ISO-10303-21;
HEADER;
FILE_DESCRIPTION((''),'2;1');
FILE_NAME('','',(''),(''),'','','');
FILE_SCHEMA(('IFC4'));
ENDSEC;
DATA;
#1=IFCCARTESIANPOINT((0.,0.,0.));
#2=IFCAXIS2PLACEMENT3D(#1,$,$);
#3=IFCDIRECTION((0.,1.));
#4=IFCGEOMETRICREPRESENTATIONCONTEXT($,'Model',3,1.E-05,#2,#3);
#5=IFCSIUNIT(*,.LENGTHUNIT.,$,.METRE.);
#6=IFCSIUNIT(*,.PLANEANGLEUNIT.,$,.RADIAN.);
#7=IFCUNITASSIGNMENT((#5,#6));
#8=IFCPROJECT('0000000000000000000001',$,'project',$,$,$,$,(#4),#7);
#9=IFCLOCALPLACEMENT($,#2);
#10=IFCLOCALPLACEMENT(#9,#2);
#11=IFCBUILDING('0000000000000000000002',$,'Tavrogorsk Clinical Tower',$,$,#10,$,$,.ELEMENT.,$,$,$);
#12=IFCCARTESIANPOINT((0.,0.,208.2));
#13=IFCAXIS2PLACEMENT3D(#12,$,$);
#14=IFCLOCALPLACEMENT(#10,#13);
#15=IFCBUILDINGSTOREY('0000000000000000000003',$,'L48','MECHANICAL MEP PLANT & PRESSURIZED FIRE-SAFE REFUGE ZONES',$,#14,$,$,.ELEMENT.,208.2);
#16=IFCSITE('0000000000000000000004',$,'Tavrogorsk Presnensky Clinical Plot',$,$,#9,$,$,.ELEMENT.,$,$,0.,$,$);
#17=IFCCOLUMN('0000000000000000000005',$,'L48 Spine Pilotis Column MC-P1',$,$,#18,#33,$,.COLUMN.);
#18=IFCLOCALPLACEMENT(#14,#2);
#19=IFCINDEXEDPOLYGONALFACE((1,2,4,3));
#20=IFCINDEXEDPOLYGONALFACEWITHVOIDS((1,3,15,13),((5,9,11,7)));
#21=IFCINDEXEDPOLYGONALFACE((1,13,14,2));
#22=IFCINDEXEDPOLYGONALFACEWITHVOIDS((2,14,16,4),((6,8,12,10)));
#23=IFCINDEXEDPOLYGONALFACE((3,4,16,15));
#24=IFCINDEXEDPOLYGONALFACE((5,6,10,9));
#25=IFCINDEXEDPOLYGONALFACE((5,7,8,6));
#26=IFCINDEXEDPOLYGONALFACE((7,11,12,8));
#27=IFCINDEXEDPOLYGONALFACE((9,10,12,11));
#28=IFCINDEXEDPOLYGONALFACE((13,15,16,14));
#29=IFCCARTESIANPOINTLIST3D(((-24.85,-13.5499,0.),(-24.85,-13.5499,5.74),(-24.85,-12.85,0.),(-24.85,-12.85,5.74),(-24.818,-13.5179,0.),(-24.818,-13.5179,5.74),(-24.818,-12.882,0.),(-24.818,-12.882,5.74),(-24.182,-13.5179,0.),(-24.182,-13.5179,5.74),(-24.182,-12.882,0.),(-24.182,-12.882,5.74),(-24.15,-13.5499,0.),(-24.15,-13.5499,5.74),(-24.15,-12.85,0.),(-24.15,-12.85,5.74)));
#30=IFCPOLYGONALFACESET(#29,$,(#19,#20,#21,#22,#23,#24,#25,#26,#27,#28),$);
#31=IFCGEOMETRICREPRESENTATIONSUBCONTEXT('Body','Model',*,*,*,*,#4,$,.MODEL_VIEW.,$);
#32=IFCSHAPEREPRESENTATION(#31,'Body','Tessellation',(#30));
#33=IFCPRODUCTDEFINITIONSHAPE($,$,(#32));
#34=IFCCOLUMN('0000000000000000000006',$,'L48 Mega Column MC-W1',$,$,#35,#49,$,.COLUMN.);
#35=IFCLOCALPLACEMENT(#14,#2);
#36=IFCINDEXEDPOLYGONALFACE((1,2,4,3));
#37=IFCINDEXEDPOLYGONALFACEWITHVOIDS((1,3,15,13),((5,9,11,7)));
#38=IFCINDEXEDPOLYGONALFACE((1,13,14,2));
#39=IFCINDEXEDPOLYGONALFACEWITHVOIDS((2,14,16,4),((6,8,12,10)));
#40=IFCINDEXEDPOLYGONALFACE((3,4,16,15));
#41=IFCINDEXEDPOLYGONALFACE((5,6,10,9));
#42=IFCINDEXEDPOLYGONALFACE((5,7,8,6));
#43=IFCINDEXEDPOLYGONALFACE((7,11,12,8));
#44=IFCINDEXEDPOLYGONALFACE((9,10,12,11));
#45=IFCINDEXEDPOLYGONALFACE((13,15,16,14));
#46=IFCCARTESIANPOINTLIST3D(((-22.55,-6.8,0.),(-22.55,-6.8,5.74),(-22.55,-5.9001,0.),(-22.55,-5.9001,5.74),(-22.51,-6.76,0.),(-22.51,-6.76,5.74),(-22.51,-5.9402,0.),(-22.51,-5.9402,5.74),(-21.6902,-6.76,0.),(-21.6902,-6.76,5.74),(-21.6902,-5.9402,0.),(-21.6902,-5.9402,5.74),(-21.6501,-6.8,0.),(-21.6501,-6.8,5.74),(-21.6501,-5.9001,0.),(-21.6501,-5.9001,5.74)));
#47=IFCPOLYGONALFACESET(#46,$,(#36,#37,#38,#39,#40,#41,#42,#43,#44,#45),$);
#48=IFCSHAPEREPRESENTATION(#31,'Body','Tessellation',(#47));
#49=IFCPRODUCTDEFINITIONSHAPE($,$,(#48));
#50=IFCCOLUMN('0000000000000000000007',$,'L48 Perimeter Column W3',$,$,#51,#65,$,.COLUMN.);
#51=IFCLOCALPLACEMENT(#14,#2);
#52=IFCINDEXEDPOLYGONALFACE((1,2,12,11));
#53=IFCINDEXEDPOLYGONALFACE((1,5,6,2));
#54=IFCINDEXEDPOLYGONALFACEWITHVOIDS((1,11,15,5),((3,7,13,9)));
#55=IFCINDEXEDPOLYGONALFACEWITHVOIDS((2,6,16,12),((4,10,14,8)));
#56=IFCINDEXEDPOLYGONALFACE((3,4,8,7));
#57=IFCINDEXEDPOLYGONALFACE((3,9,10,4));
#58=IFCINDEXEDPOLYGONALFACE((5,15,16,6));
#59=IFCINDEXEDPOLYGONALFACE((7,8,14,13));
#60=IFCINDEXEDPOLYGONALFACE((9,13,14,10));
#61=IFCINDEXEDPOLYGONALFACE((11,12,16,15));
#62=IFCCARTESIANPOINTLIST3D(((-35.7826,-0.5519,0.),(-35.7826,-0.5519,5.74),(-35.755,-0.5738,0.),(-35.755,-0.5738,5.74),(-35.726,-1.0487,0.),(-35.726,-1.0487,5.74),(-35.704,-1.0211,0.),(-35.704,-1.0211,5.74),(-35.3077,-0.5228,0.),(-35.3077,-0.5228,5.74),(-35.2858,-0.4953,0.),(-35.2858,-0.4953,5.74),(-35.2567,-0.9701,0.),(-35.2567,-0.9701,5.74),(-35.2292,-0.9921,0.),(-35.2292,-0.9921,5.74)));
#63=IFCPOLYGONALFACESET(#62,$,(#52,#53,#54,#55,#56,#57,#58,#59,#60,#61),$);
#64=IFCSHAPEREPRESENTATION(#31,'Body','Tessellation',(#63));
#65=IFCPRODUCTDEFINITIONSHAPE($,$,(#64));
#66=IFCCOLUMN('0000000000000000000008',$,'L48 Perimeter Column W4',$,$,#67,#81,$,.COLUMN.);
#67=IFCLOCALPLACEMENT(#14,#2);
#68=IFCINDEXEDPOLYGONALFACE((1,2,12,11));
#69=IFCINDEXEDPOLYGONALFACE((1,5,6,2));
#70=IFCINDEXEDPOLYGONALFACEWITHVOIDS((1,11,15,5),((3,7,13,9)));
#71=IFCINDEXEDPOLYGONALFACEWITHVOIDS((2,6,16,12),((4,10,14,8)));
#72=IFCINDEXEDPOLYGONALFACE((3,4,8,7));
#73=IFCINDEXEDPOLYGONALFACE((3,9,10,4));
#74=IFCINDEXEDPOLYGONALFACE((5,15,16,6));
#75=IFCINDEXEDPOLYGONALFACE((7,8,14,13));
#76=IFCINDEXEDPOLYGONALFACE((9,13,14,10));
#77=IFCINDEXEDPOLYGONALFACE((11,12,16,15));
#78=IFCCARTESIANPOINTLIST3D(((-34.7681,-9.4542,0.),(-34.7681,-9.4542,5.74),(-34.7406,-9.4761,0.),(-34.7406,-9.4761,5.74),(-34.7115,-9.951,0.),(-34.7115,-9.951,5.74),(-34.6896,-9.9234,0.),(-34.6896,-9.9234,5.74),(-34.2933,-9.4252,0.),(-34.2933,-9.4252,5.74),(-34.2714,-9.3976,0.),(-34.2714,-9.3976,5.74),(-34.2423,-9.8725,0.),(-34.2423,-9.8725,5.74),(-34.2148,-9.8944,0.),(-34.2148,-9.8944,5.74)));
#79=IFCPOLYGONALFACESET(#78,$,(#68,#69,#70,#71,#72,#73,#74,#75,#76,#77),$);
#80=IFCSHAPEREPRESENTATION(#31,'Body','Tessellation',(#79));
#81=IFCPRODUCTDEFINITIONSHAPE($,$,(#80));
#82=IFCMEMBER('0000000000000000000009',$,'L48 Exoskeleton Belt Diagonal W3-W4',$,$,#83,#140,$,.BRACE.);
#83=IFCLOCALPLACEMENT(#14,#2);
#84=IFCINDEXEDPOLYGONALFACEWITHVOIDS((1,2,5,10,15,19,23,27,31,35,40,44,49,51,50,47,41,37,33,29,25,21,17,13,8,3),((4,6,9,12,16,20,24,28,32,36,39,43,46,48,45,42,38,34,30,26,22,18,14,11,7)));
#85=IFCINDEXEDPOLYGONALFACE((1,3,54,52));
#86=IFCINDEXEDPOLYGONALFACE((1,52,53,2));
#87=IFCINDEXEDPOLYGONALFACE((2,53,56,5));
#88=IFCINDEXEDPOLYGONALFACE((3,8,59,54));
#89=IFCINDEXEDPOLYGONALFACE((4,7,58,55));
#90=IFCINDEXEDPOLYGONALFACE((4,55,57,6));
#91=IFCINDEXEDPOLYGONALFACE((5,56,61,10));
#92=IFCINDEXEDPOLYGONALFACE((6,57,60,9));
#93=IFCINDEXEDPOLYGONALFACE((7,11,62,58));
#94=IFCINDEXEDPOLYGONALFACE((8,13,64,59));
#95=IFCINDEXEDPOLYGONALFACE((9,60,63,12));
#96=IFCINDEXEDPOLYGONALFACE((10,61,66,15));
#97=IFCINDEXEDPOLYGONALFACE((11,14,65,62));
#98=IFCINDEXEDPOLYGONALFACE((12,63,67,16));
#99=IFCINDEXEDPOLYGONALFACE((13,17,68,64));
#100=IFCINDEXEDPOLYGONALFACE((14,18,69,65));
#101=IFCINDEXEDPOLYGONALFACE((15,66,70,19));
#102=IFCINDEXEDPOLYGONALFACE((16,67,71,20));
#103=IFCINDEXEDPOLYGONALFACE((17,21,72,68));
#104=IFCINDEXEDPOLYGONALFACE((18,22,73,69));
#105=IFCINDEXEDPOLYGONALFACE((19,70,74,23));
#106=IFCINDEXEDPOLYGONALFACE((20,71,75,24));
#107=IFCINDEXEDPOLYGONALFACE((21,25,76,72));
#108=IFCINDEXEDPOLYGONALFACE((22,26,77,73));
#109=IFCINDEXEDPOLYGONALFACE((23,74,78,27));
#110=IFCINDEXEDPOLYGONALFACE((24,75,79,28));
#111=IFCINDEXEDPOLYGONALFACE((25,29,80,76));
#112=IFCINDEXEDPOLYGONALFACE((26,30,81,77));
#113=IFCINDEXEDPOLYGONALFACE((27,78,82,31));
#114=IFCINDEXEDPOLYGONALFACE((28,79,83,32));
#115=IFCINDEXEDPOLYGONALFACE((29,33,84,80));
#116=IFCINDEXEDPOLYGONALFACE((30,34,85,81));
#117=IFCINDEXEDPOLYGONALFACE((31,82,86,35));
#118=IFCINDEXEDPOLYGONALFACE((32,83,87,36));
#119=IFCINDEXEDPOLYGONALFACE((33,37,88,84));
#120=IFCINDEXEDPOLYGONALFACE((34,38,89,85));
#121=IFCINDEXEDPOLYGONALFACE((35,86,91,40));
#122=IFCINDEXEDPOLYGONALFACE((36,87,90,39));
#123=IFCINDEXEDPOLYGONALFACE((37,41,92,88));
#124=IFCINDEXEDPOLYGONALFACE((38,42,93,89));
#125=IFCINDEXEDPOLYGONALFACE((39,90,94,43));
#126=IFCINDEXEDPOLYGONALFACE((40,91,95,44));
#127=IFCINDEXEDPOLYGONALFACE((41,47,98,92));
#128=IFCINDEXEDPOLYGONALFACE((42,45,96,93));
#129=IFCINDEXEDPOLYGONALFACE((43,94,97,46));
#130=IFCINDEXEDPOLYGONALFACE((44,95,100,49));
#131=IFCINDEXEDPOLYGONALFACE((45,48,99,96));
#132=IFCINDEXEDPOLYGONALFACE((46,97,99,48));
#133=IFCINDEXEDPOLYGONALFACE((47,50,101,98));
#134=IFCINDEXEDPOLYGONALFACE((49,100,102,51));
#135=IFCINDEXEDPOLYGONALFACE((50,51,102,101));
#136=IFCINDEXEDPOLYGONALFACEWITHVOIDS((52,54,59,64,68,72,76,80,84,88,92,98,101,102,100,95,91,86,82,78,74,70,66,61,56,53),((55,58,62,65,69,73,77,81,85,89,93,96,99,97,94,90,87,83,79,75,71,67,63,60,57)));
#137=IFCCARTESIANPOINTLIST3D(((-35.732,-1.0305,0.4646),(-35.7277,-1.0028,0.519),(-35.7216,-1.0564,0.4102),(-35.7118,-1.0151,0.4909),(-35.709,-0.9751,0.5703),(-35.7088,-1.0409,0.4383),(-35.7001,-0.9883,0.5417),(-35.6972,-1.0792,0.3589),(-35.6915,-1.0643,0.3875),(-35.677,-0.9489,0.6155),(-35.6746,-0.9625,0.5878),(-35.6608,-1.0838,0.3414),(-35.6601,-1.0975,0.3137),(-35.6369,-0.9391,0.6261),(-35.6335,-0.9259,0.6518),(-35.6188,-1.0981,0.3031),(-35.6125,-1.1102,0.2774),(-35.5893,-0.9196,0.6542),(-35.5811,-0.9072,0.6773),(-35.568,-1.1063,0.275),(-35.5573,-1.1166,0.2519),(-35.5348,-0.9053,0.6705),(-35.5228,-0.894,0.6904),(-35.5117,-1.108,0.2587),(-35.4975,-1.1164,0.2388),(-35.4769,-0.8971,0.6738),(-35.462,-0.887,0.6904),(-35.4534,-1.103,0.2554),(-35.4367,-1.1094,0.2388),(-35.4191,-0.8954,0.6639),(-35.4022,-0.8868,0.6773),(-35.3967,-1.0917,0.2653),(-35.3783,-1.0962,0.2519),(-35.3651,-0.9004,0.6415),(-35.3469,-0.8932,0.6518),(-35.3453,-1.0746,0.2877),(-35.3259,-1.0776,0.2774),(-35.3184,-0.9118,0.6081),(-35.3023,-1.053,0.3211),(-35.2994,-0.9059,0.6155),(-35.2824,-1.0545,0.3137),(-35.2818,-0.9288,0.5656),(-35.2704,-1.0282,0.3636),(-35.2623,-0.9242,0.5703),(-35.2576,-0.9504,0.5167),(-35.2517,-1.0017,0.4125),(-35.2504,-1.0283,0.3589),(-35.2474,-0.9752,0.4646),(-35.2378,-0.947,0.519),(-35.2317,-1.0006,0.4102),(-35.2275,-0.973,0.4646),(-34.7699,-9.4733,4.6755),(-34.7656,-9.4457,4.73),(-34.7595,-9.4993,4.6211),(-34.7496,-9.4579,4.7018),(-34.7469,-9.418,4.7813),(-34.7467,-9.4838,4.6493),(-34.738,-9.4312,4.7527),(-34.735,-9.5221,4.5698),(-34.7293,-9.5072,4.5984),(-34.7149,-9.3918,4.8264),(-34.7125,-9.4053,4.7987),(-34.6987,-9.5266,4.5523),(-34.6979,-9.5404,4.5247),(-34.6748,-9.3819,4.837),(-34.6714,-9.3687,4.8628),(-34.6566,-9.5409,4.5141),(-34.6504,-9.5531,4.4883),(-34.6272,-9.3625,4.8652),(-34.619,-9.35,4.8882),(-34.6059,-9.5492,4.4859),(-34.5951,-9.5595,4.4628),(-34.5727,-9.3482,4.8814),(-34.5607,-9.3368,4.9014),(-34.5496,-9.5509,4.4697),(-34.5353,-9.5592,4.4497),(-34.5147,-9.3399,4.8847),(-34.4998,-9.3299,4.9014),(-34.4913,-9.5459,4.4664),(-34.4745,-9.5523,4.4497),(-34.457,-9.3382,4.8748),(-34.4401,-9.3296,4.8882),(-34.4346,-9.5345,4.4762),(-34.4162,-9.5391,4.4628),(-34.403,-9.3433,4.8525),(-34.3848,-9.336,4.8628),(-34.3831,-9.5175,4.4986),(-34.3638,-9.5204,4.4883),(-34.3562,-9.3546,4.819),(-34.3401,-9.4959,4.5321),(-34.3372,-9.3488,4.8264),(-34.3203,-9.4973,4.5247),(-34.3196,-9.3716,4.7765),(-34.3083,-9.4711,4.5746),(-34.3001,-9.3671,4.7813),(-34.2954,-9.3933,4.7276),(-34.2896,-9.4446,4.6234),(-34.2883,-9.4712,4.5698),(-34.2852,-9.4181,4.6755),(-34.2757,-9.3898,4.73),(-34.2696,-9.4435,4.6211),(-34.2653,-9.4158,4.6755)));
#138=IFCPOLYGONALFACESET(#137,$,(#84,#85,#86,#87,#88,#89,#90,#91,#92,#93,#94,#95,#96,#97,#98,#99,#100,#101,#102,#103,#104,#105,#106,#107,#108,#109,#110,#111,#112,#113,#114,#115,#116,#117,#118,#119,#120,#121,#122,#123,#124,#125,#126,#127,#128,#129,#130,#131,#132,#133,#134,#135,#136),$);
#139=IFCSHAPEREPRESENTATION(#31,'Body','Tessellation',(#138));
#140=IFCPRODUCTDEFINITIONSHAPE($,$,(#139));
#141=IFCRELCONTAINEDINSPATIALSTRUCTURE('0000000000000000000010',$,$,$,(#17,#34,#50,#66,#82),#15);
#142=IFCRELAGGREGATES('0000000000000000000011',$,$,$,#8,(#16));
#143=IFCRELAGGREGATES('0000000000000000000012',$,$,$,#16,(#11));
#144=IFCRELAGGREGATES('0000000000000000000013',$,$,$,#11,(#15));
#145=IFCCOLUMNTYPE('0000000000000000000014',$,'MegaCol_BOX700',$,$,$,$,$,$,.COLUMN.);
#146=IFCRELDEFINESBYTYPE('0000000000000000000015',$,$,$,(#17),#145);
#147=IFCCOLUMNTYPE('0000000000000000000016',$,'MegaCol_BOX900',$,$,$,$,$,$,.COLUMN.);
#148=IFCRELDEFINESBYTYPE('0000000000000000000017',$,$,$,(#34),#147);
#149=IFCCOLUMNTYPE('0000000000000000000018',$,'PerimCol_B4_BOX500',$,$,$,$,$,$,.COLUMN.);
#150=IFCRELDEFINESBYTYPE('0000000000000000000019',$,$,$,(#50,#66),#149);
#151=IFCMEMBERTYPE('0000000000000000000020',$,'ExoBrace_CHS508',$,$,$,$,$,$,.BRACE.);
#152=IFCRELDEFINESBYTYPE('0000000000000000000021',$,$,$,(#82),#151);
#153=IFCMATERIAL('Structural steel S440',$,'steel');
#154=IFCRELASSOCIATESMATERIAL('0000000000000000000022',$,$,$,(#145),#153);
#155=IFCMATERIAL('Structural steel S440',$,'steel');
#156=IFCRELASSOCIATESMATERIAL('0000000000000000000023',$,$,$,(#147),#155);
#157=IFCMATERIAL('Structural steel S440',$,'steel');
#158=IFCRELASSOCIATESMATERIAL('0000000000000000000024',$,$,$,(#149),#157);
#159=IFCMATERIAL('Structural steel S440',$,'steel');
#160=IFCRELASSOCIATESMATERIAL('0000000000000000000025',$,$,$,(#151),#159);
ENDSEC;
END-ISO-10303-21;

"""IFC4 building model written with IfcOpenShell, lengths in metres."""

from ifc_helpers import new_model, si_unit, direction, frame, origin, origin_2d, place, context, subcontext, project, spatial, hollow_rectangle, hollow_circle, extrude, material, material_profile, profile_set, type_object, element, save


model = new_model("IFC4")

# Units and contexts
model_context = context("Model", 3, precision=1e-05, world=origin(), true_north=direction((0.0, 1.0)))
body_context = subcontext(model_context, "Body", "Model", "MODEL_VIEW")
ifc_project = project(units=[si_unit("LENGTHUNIT", "METRE"), si_unit("PLANEANGLEUNIT", "RADIAN")], contexts=[model_context])

# Site, building, storey
site_placement = place(None, origin())
site = spatial("IfcSite", under=ifc_project, at=site_placement, Name="Tavrogorsk Presnensky Clinical Plot", CompositionType="ELEMENT", RefElevation=0.0)
building_placement = place(site_placement, origin())
building = spatial("IfcBuilding", under=site, at=building_placement, Name="Tavrogorsk Clinical Tower", CompositionType="ELEMENT")
storey_placement = place(building_placement, frame((0.0, 0.0, 208.2)))
storey = spatial("IfcBuildingStorey", under=building, at=storey_placement, Name="L48", Description="MECHANICAL MEP PLANT & PRESSURIZED FIRE-SAFE REFUGE ZONES", CompositionType="ELEMENT", Elevation=208.2)

# Columns
ifc_material_1 = material(Name="Structural steel S440", Category="steel")
ifc_material_profile_1 = material_profile(ifc_material_1, hollow_rectangle(XDim=0.7, YDim=0.7, WallThickness=0.032, at=origin_2d()), Name="BOX-700x700x32")
ifc_profile_set_1 = profile_set([ifc_material_profile_1], Name="Structural steel S440")
column_type_1 = type_object("IfcColumnType", Name="MegaCol_BOX700", PredefinedType="COLUMN", material=ifc_profile_set_1)
column_1_placement = place(storey_placement, frame((-24.5, -13.2, 0.0), z_axis=(0.0, 0.0, 1.0), x_axis=(1.0, 0.0, 0.0)))
element("IfcColumn", 1, at=column_1_placement, inside=storey, type_object=column_type_1, Name="L48 Spine Pilotis Column MC-P1", PredefinedType="COLUMN", context=body_context, shape_type="SweptSolid", body=[
    extrude(hollow_rectangle(XDim=0.7, YDim=0.7, WallThickness=0.032, at=origin_2d()), origin(), (0.0, 0.0, 1.0), 5.74),
])
ifc_material_2 = material(Name="Structural steel S440", Category="steel")
ifc_material_profile_2 = material_profile(ifc_material_2, hollow_rectangle(XDim=0.8999, YDim=0.8999, WallThickness=0.04, at=origin_2d()), Name="BOX-900x900x40")
ifc_profile_set_2 = profile_set([ifc_material_profile_2], Name="Structural steel S440")
column_type_2 = type_object("IfcColumnType", Name="MegaCol_BOX900", PredefinedType="COLUMN", material=ifc_profile_set_2)
column_2_placement = place(storey_placement, frame((-22.1001, -6.3501, 0.0), z_axis=(0.0, 0.0, 1.0), x_axis=(1.0, 0.0, 0.0)))
element("IfcColumn", 2, at=column_2_placement, inside=storey, type_object=column_type_2, Name="L48 Mega Column MC-W1", PredefinedType="COLUMN", context=body_context, shape_type="SweptSolid", body=[
    extrude(hollow_rectangle(XDim=0.8999, YDim=0.8999, WallThickness=0.04, at=origin_2d()), origin(), (0.0, 0.0, 1.0), 5.74),
])
ifc_material_3 = material(Name="Structural steel S440", Category="steel")
ifc_material_profile_3 = material_profile(ifc_material_3, hollow_rectangle(XDim=0.5, YDim=0.5, WallThickness=0.0249, at=origin_2d()), Name="BOX-500x500x25")
ifc_profile_set_3 = profile_set([ifc_material_profile_3], Name="Structural steel S440")
column_type_3 = type_object("IfcColumnType", Name="PerimCol_B4_BOX500", PredefinedType="COLUMN", material=ifc_profile_set_3)
for number, where, z_axis, x_axis, name in (
    (3, (-35.5059, -0.772, 0.0), (0.0, 0.0, 1.0), (0.993572, 0.113203, 0.0), "L48 Perimeter Column W3"),
    (4, (-34.4915, -9.6743, 0.0), (0.0, 0.0, 1.0), (0.993572, 0.113203, 0.0), "L48 Perimeter Column W4"),
):
    element("IfcColumn", number, at=place(storey_placement, frame(where, z_axis=z_axis, x_axis=x_axis)), inside=storey, type_object=column_type_3, Name=name, PredefinedType="COLUMN", context=body_context, shape_type="SweptSolid", body=[
        extrude(hollow_rectangle(XDim=0.5, YDim=0.5, WallThickness=0.0249, at=origin_2d()), origin(), (0.0, 0.0, 1.0), 5.74),
    ])

# Member
ifc_material_4 = material(Name="Structural steel S440", Category="steel")
ifc_material_profile_4 = material_profile(ifc_material_4, hollow_circle(Radius=0.2539, WallThickness=0.02, at=origin_2d()), Name="CHS-508x20")
ifc_profile_set_4 = profile_set([ifc_material_profile_4], Name="Structural steel S440")
member_type_1 = type_object("IfcMemberType", Name="ExoBrace_CHS508", PredefinedType="BRACE", material=ifc_profile_set_4)
for number, where, z_axis, x_axis, name in (
    (5, (-35.4797, -1.0017, 0.4646), (0.101454, -0.890254, 0.44402), (0.993569, 0.113228, 0.0), "L48 Exoskeleton Belt Diagonal W3-W4"),
):
    element("IfcMember", number, at=place(storey_placement, frame(where, z_axis=z_axis, x_axis=x_axis)), inside=storey, type_object=member_type_1, Name=name, PredefinedType="BRACE", context=body_context, shape_type="SweptSolid", body=[
        extrude(hollow_circle(Radius=0.2539, WallThickness=0.02, at=origin_2d()), origin(), (0.0, 0.0, 1.0), 9.4836),
    ])

save(model, "model.ifc")
